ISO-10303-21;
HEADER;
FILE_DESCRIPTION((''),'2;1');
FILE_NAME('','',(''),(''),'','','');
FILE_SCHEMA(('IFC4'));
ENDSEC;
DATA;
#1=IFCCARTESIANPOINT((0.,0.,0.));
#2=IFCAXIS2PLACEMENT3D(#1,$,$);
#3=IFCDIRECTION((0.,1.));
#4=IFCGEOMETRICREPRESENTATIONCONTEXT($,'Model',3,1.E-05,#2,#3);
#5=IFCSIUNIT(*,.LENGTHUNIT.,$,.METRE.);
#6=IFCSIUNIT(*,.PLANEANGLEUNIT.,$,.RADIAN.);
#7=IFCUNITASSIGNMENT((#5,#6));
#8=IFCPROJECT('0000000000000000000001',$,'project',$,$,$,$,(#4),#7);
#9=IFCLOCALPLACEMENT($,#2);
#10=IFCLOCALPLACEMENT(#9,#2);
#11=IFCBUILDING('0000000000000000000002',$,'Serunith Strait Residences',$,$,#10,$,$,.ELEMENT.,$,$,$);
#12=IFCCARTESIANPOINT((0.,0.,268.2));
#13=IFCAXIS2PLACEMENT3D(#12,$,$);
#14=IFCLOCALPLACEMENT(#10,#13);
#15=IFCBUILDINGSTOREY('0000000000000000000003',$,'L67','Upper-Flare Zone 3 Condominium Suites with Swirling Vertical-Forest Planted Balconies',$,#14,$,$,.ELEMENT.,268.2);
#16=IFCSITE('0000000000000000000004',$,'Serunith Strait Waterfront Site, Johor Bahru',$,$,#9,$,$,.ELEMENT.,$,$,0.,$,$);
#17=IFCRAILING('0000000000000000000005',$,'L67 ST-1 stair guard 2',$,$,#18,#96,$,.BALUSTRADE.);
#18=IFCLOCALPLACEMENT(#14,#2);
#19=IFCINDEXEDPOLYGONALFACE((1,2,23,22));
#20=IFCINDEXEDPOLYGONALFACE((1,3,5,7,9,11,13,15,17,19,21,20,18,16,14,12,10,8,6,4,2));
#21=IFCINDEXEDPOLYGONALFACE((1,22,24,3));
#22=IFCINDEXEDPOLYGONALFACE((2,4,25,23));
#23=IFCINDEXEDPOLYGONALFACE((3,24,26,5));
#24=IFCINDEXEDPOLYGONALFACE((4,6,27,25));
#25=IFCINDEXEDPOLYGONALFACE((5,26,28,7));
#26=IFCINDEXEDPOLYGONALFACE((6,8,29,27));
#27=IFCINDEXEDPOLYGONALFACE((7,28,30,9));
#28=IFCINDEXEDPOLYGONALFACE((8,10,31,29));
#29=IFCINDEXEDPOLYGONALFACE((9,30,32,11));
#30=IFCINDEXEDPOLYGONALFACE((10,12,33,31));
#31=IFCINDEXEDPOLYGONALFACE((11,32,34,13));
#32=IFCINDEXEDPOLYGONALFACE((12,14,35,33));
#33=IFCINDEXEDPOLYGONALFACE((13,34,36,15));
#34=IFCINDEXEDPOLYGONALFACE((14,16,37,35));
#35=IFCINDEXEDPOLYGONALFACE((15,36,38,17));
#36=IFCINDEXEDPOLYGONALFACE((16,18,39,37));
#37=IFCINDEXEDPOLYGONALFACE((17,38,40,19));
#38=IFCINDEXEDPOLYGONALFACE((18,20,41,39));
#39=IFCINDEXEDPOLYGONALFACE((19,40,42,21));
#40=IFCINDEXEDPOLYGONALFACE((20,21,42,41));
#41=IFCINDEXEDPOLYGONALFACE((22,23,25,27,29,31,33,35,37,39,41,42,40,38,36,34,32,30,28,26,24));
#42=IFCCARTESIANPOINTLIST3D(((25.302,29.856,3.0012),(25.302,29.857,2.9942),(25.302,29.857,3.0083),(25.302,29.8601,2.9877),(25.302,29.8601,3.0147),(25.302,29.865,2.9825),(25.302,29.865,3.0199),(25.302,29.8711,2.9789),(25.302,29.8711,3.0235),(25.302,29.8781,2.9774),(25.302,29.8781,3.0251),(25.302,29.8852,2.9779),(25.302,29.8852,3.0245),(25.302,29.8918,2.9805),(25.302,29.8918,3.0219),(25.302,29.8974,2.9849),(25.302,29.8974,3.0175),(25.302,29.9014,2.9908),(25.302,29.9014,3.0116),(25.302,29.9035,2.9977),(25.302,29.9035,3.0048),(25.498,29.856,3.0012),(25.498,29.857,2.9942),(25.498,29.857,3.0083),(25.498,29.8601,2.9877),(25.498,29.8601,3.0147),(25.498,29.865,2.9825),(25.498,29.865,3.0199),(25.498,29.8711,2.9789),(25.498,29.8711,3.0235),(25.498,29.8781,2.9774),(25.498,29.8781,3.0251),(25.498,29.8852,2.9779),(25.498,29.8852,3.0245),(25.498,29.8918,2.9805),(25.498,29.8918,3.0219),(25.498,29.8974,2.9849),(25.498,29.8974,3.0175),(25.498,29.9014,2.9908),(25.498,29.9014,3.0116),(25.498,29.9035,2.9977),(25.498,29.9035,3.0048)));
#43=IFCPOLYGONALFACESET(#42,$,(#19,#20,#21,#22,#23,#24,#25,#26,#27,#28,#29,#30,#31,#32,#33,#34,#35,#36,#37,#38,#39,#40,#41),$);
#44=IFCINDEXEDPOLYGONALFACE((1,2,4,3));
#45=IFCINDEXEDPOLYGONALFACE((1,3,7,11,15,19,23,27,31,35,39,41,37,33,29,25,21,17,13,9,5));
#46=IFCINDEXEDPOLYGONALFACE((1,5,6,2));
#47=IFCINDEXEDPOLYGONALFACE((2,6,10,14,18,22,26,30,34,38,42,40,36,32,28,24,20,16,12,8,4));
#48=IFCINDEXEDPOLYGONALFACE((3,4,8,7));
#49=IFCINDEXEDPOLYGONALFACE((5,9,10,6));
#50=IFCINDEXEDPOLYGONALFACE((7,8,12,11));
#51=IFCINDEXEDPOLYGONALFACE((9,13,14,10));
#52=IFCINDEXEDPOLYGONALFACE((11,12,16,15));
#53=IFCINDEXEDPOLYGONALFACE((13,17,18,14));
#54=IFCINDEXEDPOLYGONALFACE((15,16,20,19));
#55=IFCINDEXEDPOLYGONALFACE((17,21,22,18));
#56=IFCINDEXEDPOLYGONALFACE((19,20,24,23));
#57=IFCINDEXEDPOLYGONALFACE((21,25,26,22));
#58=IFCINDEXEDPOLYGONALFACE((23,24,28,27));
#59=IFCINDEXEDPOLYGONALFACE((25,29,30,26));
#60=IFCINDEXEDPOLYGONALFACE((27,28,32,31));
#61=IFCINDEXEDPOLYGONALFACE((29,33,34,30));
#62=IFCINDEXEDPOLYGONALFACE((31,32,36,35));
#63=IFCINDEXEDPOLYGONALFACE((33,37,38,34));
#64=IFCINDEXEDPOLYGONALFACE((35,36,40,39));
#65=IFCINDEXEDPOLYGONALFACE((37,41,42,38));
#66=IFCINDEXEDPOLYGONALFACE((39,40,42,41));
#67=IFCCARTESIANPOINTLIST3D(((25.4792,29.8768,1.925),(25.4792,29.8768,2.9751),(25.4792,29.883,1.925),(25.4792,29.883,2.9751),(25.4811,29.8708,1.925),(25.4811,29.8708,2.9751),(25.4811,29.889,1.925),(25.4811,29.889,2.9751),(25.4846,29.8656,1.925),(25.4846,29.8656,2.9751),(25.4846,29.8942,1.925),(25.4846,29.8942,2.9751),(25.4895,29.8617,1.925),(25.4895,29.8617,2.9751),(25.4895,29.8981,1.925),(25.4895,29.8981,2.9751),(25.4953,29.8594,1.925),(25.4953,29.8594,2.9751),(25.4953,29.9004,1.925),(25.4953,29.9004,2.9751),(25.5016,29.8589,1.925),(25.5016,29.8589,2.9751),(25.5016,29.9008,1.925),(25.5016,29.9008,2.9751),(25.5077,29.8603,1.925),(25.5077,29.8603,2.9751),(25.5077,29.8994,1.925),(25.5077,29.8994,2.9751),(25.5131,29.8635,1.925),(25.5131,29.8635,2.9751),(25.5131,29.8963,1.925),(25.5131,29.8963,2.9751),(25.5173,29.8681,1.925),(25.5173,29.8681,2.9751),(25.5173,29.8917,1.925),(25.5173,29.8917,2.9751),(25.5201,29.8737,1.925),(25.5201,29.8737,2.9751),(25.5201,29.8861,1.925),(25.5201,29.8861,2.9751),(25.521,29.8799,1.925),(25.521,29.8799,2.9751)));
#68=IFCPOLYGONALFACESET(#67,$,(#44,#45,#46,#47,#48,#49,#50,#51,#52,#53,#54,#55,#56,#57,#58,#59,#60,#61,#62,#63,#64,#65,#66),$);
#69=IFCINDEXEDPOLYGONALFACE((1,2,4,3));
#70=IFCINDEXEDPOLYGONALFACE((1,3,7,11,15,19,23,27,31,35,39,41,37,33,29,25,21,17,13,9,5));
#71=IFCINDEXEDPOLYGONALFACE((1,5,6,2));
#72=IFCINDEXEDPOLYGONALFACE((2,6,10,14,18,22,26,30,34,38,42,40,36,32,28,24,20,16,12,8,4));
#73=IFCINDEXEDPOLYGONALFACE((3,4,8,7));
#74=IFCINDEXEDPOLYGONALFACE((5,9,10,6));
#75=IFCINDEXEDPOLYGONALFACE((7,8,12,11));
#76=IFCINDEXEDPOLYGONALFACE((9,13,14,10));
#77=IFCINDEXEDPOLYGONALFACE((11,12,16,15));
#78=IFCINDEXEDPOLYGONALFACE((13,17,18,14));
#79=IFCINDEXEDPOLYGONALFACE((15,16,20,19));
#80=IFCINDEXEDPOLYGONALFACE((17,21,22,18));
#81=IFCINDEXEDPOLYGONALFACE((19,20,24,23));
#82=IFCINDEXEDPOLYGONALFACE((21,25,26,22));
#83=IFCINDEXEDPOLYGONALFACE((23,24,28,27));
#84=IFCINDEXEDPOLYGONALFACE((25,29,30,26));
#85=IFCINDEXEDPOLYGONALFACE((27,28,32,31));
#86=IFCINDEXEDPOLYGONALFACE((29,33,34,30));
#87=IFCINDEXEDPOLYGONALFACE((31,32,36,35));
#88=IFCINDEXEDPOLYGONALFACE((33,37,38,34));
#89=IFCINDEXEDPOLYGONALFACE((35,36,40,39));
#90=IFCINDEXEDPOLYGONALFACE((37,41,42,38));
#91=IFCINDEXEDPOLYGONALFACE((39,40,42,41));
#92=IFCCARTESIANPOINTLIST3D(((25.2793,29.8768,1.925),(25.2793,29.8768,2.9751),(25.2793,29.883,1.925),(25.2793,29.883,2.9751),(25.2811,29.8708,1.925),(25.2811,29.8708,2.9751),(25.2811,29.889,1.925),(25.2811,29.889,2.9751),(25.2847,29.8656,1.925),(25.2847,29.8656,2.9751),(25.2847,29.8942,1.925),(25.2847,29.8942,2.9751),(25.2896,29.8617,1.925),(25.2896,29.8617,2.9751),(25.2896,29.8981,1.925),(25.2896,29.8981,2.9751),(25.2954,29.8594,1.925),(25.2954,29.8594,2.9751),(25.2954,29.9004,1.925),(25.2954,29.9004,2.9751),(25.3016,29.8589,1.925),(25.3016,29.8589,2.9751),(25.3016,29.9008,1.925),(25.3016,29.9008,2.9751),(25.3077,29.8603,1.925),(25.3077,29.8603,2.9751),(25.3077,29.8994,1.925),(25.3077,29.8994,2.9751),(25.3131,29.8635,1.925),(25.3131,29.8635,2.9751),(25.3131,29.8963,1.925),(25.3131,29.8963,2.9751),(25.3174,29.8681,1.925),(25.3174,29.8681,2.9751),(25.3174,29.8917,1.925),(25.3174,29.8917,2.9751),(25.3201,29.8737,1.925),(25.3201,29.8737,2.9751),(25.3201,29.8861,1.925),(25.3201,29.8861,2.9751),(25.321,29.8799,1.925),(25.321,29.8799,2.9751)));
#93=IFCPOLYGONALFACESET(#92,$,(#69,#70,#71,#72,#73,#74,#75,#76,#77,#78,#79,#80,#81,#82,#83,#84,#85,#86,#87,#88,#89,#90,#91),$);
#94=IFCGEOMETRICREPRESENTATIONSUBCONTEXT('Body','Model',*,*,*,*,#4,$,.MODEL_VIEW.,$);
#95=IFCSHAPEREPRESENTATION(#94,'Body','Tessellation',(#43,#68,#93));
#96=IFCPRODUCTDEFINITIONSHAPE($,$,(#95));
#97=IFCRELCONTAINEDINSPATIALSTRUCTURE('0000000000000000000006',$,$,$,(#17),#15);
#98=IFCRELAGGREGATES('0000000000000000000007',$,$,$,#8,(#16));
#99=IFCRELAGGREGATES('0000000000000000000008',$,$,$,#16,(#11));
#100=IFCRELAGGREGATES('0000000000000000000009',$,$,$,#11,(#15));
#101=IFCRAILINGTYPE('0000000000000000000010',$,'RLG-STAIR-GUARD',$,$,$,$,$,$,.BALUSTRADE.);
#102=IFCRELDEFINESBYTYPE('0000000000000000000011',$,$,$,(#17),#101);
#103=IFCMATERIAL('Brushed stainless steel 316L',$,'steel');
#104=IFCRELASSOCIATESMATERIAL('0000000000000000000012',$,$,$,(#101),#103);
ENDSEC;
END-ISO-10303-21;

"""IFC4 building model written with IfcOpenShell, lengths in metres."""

from ifc_helpers import new_model, si_unit, direction, frame, origin, origin_2d, place, context, subcontext, project, spatial, circle, extrude, material, type_object, element, save


model = new_model("IFC4")

# Units and contexts
model_context = context("Model", 3, precision=1e-05, world=origin(), true_north=direction((0.0, 1.0)))
body_context = subcontext(model_context, "Body", "Model", "MODEL_VIEW")
ifc_project = project(units=[si_unit("LENGTHUNIT", "METRE"), si_unit("PLANEANGLEUNIT", "RADIAN")], contexts=[model_context])

# Site, building, storey
site_placement = place(None, origin())
site = spatial("IfcSite", under=ifc_project, at=site_placement, Name="Serunith Strait Waterfront Site, Johor Bahru", CompositionType="ELEMENT", RefElevation=0.0)
building_placement = place(site_placement, origin())
building = spatial("IfcBuilding", under=site, at=building_placement, Name="Serunith Strait Residences", CompositionType="ELEMENT")
storey_placement = place(building_placement, frame((0.0, 0.0, 268.2)))
storey = spatial("IfcBuildingStorey", under=building, at=storey_placement, Name="L67", Description="Upper-Flare Zone 3 Condominium Suites with Swirling Vertical-Forest Planted Balconies", CompositionType="ELEMENT", Elevation=268.2)

# Railing
ifc_material_1 = material(Name="Brushed stainless steel 316L", Category="steel")
railing_type_1 = type_object("IfcRailingType", Name="RLG-STAIR-GUARD", PredefinedType="BALUSTRADE", material=ifc_material_1)
railing_1_placement = place(storey_placement, frame((25.5, 29.8799, 1.925)))
element("IfcRailing", 1, at=railing_1_placement, inside=storey, type_object=railing_type_1, Name="L67 ST-1 stair guard 2", PredefinedType="BALUSTRADE", context=body_context, shape_type="SweptSolid", body=[
    extrude(circle(Radius=0.0239, at=origin_2d()), frame((-0.002, 0.0, 1.0762), z_axis=(-1.0, 0.0, 0.0), x_axis=(0.0, -1.0, 0.0)), (0.0, 0.0, 1.0), 0.196),
    extrude(circle(Radius=0.021, at=origin_2d()), origin(), (0.0, 0.0, 1.0), 1.05),
    extrude(circle(Radius=0.021, at=origin_2d()), frame((-0.2, 0.0, 0.0)), (0.0, 0.0, 1.0), 1.05),
])

save(model, "model.ifc")
